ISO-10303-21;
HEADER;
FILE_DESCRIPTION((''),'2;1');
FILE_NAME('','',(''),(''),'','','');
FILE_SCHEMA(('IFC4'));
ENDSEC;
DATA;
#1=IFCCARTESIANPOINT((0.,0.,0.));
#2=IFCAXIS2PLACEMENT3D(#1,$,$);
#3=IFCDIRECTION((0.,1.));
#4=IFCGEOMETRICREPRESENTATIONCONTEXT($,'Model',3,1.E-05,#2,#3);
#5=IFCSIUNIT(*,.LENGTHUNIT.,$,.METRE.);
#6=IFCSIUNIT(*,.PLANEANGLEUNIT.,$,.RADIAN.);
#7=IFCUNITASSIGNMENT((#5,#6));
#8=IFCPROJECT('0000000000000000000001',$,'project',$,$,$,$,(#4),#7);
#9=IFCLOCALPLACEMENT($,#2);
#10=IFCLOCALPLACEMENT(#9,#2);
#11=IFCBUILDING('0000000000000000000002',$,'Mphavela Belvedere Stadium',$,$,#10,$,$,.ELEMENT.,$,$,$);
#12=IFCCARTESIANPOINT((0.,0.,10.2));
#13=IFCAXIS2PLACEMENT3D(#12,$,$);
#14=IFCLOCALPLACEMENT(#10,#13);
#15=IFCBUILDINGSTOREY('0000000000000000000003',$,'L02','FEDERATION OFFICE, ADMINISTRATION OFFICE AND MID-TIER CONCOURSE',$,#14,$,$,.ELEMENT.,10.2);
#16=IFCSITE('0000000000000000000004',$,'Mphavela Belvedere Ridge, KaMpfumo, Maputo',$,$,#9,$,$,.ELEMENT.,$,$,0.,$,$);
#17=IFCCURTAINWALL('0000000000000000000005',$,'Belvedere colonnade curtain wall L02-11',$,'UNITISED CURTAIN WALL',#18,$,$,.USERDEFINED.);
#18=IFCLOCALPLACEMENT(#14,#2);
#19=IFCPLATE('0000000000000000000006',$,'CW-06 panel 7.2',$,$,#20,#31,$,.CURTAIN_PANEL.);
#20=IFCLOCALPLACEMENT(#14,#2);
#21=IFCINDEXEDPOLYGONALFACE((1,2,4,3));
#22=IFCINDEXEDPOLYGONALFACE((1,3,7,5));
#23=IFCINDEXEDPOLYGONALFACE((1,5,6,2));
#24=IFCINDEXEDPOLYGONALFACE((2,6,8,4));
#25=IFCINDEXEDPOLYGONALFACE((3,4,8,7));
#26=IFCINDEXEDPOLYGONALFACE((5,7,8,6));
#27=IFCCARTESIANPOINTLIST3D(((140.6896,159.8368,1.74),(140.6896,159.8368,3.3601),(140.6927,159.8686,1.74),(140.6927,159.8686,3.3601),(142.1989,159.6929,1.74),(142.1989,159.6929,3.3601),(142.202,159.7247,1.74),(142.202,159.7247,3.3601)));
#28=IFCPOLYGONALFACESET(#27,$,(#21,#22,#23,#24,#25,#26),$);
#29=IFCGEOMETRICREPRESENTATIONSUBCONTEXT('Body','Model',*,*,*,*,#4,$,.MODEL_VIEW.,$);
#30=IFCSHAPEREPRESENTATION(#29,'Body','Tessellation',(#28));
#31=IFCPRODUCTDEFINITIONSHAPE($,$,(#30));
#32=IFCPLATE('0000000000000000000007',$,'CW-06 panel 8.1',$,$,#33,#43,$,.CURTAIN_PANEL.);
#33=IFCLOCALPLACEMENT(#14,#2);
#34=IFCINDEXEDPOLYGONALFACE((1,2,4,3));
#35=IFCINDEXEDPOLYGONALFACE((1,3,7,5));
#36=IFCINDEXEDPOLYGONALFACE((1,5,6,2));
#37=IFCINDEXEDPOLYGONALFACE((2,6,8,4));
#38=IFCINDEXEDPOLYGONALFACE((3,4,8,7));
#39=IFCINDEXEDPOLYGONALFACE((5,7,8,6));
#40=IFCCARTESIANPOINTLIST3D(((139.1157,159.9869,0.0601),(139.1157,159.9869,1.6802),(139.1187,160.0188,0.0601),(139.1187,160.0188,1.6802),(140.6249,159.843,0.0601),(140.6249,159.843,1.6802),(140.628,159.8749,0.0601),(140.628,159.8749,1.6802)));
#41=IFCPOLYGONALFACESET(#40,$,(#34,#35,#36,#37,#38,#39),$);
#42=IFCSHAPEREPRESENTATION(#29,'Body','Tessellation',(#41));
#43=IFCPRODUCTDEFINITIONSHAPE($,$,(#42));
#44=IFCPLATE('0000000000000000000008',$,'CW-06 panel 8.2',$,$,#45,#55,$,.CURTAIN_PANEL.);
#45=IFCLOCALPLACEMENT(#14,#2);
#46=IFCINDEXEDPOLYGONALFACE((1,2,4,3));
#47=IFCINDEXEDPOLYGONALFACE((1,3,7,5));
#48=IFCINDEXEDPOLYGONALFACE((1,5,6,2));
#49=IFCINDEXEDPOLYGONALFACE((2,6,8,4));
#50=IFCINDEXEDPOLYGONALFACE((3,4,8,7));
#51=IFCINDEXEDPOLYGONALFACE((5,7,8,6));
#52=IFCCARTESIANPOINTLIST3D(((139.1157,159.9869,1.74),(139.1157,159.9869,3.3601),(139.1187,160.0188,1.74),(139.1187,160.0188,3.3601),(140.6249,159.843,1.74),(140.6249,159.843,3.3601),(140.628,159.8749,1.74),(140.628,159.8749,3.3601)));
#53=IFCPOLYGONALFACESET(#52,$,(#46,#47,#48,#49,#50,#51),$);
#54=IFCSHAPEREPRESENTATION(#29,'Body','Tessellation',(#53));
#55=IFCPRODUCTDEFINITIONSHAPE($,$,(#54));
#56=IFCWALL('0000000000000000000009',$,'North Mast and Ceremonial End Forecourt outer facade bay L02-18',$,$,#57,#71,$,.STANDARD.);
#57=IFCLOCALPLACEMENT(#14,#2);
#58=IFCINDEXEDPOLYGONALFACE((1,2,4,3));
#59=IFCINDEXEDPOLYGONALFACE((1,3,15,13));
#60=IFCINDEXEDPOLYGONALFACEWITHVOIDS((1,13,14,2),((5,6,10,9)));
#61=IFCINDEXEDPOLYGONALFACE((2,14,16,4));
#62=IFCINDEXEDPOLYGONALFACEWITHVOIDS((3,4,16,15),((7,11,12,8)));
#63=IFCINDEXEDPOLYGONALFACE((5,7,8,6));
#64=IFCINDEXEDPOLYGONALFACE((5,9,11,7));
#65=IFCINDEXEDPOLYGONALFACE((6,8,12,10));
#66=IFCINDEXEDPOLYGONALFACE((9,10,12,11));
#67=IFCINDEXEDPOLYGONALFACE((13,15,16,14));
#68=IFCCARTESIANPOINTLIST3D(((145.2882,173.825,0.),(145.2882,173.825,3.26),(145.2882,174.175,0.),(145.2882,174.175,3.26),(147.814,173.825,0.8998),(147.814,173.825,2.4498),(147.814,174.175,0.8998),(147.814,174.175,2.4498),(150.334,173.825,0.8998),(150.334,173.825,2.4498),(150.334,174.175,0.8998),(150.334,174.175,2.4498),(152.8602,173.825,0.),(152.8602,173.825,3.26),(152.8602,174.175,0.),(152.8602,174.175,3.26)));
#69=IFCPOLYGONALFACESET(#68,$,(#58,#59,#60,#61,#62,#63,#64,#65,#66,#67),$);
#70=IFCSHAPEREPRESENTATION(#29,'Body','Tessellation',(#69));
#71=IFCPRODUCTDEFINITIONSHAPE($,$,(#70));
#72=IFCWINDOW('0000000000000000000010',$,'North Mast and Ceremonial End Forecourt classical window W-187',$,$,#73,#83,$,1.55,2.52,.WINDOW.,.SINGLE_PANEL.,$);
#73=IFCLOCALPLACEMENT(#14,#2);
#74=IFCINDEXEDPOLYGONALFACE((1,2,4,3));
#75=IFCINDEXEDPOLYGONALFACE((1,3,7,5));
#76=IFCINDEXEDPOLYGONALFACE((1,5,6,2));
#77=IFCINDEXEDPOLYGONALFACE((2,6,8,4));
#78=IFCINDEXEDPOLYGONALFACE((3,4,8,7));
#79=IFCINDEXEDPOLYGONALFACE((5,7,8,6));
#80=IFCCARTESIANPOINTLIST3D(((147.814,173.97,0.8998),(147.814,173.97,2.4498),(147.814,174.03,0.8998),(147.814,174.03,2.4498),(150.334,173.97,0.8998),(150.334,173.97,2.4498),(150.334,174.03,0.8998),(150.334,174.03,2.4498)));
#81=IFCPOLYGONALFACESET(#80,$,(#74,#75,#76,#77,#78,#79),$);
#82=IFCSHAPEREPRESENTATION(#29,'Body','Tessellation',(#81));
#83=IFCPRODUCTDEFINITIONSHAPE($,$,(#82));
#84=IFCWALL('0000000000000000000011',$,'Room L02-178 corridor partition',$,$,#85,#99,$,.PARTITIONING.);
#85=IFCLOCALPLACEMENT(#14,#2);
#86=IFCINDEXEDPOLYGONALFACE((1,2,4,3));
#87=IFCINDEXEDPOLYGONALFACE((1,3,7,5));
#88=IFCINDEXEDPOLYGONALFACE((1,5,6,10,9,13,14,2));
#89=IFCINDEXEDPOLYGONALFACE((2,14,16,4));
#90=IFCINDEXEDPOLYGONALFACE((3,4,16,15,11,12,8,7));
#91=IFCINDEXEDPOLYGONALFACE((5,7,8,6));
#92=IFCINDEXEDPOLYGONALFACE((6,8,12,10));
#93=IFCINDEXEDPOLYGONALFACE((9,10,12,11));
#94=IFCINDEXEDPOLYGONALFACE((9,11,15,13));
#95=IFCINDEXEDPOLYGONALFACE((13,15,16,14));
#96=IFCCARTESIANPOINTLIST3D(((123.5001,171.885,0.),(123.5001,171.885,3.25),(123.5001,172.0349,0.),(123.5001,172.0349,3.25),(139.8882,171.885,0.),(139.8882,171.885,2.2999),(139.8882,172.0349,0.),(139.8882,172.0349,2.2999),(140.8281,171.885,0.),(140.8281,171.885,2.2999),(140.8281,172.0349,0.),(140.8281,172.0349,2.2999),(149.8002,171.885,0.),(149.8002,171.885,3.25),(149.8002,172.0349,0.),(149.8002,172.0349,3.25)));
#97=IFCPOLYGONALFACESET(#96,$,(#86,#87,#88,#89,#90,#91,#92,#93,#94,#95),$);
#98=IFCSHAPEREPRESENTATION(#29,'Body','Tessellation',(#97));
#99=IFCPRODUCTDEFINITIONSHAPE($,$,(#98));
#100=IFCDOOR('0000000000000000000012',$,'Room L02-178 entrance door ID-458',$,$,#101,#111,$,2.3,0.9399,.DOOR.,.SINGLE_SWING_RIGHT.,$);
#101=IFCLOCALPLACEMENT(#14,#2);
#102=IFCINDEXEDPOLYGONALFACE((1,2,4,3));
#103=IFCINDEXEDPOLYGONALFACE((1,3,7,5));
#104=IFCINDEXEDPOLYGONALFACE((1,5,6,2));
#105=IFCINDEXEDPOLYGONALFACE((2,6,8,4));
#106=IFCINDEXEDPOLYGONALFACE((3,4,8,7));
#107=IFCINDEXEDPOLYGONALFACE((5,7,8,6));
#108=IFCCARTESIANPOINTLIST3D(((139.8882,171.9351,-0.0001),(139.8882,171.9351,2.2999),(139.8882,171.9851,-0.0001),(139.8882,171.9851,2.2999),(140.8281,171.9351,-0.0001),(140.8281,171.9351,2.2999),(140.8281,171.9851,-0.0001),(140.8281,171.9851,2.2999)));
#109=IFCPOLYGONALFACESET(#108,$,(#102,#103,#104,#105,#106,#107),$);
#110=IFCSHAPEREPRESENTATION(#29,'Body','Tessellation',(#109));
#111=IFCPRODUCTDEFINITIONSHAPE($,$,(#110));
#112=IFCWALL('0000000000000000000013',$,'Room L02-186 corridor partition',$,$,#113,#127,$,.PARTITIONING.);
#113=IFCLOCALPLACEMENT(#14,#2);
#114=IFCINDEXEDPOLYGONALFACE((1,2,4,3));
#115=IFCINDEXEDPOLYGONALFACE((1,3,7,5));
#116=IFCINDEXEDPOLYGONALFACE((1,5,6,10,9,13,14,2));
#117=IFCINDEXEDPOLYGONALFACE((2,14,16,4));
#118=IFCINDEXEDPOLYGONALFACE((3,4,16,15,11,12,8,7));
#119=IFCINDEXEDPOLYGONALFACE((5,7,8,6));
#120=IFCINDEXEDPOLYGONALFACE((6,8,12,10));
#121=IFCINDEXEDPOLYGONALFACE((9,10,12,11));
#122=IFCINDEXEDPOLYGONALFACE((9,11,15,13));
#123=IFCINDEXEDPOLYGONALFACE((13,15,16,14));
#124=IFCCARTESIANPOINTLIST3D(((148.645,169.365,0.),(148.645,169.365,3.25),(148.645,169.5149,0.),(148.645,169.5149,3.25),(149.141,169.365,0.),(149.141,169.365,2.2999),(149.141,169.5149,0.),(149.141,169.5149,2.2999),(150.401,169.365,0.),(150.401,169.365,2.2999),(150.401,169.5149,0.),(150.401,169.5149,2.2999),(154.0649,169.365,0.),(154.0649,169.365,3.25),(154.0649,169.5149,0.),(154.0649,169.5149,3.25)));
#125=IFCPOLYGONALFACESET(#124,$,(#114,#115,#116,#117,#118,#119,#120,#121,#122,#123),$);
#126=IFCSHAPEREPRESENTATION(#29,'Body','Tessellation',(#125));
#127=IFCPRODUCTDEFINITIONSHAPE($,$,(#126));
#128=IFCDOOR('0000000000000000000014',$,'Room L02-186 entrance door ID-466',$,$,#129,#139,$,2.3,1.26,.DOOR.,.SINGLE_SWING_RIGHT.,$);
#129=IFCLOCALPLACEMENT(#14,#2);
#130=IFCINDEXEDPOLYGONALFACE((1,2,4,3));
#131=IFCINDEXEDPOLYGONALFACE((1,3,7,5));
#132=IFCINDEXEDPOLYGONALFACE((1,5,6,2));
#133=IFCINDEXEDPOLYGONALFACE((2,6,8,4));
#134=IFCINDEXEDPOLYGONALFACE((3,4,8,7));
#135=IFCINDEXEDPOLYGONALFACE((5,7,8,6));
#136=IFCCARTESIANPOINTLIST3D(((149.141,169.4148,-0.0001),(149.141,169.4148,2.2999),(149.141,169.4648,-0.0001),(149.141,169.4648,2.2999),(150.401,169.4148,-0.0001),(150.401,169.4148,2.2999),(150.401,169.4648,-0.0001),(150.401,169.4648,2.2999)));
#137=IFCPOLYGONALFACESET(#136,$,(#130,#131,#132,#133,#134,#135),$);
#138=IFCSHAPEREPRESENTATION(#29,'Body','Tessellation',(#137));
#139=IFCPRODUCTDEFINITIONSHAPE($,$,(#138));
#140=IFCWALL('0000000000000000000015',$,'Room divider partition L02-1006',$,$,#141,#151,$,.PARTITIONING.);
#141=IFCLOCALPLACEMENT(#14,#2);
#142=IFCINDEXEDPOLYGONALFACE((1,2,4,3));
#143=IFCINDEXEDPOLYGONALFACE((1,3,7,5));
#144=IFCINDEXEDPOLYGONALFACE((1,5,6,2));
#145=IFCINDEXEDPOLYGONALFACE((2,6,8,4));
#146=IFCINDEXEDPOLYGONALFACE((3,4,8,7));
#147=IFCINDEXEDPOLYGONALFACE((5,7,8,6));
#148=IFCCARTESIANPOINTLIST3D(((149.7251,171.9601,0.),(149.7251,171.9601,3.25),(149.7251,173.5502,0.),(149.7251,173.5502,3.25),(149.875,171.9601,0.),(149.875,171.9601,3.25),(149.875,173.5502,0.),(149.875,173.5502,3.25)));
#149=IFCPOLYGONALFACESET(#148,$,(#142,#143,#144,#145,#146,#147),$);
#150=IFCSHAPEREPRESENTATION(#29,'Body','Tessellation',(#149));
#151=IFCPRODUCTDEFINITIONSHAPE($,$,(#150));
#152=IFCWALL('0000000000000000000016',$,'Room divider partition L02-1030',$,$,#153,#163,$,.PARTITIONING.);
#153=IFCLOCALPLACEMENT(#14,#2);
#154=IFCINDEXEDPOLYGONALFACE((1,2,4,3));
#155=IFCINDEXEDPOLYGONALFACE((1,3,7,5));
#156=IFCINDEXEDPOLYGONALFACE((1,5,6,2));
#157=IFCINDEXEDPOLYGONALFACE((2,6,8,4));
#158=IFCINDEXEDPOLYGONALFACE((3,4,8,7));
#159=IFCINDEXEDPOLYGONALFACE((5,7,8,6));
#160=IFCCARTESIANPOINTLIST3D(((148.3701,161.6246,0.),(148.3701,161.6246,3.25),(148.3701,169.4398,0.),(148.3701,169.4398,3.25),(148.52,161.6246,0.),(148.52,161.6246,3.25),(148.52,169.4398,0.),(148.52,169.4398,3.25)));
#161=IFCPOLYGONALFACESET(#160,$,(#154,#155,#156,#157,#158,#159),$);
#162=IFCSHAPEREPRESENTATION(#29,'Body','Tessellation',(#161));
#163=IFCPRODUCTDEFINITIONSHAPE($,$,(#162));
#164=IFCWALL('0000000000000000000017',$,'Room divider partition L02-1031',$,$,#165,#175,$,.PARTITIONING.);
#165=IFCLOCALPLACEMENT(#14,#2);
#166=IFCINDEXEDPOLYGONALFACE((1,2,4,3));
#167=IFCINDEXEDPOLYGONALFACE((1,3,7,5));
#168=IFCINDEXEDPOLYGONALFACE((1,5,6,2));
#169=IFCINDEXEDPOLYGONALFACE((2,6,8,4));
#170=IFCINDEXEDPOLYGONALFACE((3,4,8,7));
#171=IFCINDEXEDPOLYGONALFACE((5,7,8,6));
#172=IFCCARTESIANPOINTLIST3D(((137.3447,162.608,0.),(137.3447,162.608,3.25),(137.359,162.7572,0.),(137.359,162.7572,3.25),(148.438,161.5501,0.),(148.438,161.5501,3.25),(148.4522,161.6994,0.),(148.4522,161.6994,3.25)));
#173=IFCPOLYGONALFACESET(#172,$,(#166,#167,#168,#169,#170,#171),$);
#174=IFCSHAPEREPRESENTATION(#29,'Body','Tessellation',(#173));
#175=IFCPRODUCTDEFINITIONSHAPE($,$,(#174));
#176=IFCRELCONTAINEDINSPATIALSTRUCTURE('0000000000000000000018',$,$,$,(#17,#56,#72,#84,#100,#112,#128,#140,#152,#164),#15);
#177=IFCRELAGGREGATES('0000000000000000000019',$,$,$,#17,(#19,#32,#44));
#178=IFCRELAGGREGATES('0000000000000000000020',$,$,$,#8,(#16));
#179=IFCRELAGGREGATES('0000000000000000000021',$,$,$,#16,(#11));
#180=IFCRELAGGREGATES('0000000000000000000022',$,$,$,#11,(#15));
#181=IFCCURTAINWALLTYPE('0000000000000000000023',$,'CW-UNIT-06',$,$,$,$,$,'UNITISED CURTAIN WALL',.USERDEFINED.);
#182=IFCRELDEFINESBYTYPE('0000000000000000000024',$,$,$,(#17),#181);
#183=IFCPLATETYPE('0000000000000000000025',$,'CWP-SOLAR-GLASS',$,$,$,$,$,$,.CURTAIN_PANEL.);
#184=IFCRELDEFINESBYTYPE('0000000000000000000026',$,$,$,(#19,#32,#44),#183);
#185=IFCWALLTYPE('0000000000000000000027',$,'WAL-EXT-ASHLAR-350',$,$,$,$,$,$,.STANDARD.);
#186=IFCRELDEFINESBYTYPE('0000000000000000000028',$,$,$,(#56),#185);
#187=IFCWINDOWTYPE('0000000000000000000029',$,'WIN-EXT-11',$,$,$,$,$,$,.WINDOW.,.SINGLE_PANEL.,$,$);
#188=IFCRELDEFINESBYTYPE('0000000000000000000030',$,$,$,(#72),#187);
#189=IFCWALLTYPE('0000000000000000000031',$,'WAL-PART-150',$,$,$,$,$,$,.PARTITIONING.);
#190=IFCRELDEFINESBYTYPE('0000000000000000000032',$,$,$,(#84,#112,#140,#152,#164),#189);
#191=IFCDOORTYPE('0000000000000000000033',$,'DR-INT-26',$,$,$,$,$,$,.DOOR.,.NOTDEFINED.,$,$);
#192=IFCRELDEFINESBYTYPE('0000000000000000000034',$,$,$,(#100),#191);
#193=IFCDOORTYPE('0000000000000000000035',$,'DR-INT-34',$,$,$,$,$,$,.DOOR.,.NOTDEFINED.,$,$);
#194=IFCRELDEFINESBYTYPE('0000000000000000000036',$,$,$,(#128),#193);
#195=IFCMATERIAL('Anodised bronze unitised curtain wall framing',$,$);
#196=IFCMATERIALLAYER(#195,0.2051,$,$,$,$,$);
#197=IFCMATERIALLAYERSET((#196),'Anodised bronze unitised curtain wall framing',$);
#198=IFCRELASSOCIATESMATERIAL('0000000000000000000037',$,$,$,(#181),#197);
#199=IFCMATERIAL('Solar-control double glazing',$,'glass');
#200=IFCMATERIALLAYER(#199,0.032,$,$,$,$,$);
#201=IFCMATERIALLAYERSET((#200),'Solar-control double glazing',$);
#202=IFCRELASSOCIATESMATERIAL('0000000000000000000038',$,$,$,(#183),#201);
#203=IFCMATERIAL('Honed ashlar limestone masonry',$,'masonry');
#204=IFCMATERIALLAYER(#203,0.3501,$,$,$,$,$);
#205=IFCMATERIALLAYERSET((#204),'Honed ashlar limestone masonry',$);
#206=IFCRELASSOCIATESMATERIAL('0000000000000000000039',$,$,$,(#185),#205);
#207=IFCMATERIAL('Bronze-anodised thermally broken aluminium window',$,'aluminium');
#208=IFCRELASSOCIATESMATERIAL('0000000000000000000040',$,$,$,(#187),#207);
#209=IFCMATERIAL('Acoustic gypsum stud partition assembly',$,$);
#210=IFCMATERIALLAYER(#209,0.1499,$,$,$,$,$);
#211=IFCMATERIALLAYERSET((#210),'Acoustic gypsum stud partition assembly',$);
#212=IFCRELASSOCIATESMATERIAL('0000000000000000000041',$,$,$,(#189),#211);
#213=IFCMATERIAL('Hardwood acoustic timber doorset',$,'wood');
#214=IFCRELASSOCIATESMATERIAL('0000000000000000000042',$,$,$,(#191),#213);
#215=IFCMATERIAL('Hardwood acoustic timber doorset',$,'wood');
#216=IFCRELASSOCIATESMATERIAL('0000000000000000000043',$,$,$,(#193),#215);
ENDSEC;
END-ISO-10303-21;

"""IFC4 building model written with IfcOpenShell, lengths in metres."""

from ifc_helpers import new_model, si_unit, direction, frame, frame_2d, origin, origin_2d, place, context, subcontext, project, spatial, rectangle, extrude, material, layer, layer_set, type_object, element, fill, aggregate, save


model = new_model("IFC4")

# Units and contexts
model_context = context("Model", 3, precision=1e-05, world=origin(), true_north=direction((0.0, 1.0)))
body_context = subcontext(model_context, "Body", "Model", "MODEL_VIEW")
ifc_project = project(units=[si_unit("LENGTHUNIT", "METRE"), si_unit("PLANEANGLEUNIT", "RADIAN")], contexts=[model_context])

# Site, building, storey
site_placement = place(None, origin())
site = spatial("IfcSite", under=ifc_project, at=site_placement, Name="Mphavela Belvedere Ridge, KaMpfumo, Maputo", CompositionType="ELEMENT", RefElevation=0.0)
building_placement = place(site_placement, origin())
building = spatial("IfcBuilding", under=site, at=building_placement, Name="Mphavela Belvedere Stadium", CompositionType="ELEMENT")
storey_placement = place(building_placement, frame((0.0, 0.0, 10.2)))
storey = spatial("IfcBuildingStorey", under=building, at=storey_placement, Name="L02", Description="FEDERATION OFFICE, ADMINISTRATION OFFICE AND MID-TIER CONCOURSE", CompositionType="ELEMENT", Elevation=10.2)

# Curtain wall, plates
ifc_material_1 = material(Name="Anodised bronze unitised curtain wall framing")
ifc_layer_1 = layer(ifc_material_1, 0.2051)
ifc_layer_set_1 = layer_set([ifc_layer_1], Name="Anodised bronze unitised curtain wall framing")
curtain_wall_type = type_object("IfcCurtainWallType", Name="CW-UNIT-06", ElementType="UNITISED CURTAIN WALL", PredefinedType="USERDEFINED", material=ifc_layer_set_1)
curtain_wall_placement = place(storey_placement, origin())
curtain_wall = element("IfcCurtainWall", 1, at=curtain_wall_placement, inside=storey, type_object=curtain_wall_type, Name="Belvedere colonnade curtain wall L02-11", ObjectType="UNITISED CURTAIN WALL", PredefinedType="USERDEFINED")
ifc_material_2 = material(Name="Solar-control double glazing", Category="glass")
ifc_layer_2 = layer(ifc_material_2, 0.032)
ifc_layer_set_2 = layer_set([ifc_layer_2], Name="Solar-control double glazing")
plate_type = type_object("IfcPlateType", Name="CWP-SOLAR-GLASS", PredefinedType="CURTAIN_PANEL", material=ifc_layer_set_2)
plate_1_placement = place(storey_placement, frame((141.4458, 159.7808, 1.74), z_axis=(0.0, 0.0, 1.0), x_axis=(-0.995484, 0.094926, 0.0)))
plate_1 = element("IfcPlate", 2, at=plate_1_placement, type_object=plate_type, Name="CW-06 panel 7.2", PredefinedType="CURTAIN_PANEL", context=body_context, shape_type="SweptSolid", body=[
    extrude(rectangle(XDim=1.5161, YDim=0.032, at=origin_2d()), origin(), (0.0, 0.0, 1.0), 1.6201),
])
plate_2_placement = place(storey_placement, frame((139.8718, 159.9309, 0.0601), z_axis=(0.0, 0.0, 1.0), x_axis=(-0.995484, 0.094926, 0.0)))
plate_2 = element("IfcPlate", 3, at=plate_2_placement, type_object=plate_type, Name="CW-06 panel 8.1", PredefinedType="CURTAIN_PANEL", context=body_context, shape_type="SweptSolid", body=[
    extrude(rectangle(XDim=1.5161, YDim=0.032, at=origin_2d()), origin(), (0.0, 0.0, 1.0), 1.6201),
])
plate_3_placement = place(storey_placement, frame((139.8718, 159.9309, 1.74), z_axis=(0.0, 0.0, 1.0), x_axis=(-0.995484, 0.094926, 0.0)))
plate_3 = element("IfcPlate", 4, at=plate_3_placement, type_object=plate_type, Name="CW-06 panel 8.2", PredefinedType="CURTAIN_PANEL", context=body_context, shape_type="SweptSolid", body=[
    extrude(rectangle(XDim=1.5161, YDim=0.032, at=origin_2d()), origin(), (0.0, 0.0, 1.0), 1.6201),
])
aggregate(curtain_wall, [plate_1, plate_2, plate_3])

# Wall, opening, window
ifc_material_3 = material(Name="Honed ashlar limestone masonry", Category="masonry")
ifc_layer_3 = layer(ifc_material_3, 0.3501)
ifc_layer_set_3 = layer_set([ifc_layer_3], Name="Honed ashlar limestone masonry")
wall_type_1 = type_object("IfcWallType", Name="WAL-EXT-ASHLAR-350", PredefinedType="STANDARD", material=ifc_layer_set_3)
wall_1_placement = place(storey_placement, frame((145.2881, 174.0, 0.0), z_axis=(0.0, 0.0, 1.0), x_axis=(1.0, 0.0, 0.0)))
wall_1 = element("IfcWall", 5, at=wall_1_placement, inside=storey, type_object=wall_type_1, Name="North Mast and Ceremonial End Forecourt outer facade bay L02-18", PredefinedType="STANDARD", context=body_context, shape_type="SweptSolid", body=[
    extrude(rectangle(XDim=7.572, YDim=0.3501, at=frame_2d((3.7861, 0.0))), origin(), (0.0, 0.0, 1.0), 3.26),
])
opening_1_placement = place(wall_1_placement, frame((2.5259, 0.0, 0.8999)))
opening_1 = element("IfcOpeningElement", 6, at=opening_1_placement, cuts=wall_1, PredefinedType="OPENING", context=body_context, shape_type="SweptSolid", body=[
    extrude(rectangle(XDim=2.52, YDim=1.55, at=frame_2d((1.26, 0.7749))), frame((0.0, 0.1851, 0.0), z_axis=(0.0, -1.0, 0.0), x_axis=(1.0, 0.0, 0.0)), (0.0, 0.0, 1.0), 0.3701),
])
ifc_material_4 = material(Name="Bronze-anodised thermally broken aluminium window", Category="aluminium")
window_type = type_object("IfcWindowType", Name="WIN-EXT-11", PartitioningType="SINGLE_PANEL", PredefinedType="WINDOW", material=ifc_material_4)
window_placement = place(opening_1_placement, origin())
window = element("IfcWindow", 7, at=window_placement, inside=storey, type_object=window_type, Name="North Mast and Ceremonial End Forecourt classical window W-187", OverallHeight=1.55, OverallWidth=2.52, PartitioningType="SINGLE_PANEL", PredefinedType="WINDOW", context=body_context, shape_type="SweptSolid", body=[
    extrude(rectangle(XDim=2.52, YDim=1.55, at=frame_2d((1.26, 0.7749))), frame((0.0, 0.03, 0.0), z_axis=(0.0, -1.0, 0.0), x_axis=(1.0, 0.0, 0.0)), (0.0, 0.0, 1.0), 0.0601),
])
fill(opening_1, window)

# Walls, openings, doors
ifc_material_5 = material(Name="Acoustic gypsum stud partition assembly")
ifc_layer_4 = layer(ifc_material_5, 0.1499)
ifc_layer_set_4 = layer_set([ifc_layer_4], Name="Acoustic gypsum stud partition assembly")
wall_type_2 = type_object("IfcWallType", Name="WAL-PART-150", PredefinedType="PARTITIONING", material=ifc_layer_set_4)
wall_2_placement = place(storey_placement, frame((149.8, 171.96, 0.0), z_axis=(0.0, 0.0, 1.0), x_axis=(-1.0, 0.0, 0.0)))
wall_2 = element("IfcWall", 8, at=wall_2_placement, inside=storey, type_object=wall_type_2, Name="Room L02-178 corridor partition", PredefinedType="PARTITIONING", context=body_context, shape_type="SweptSolid", body=[
    extrude(rectangle(XDim=26.3, YDim=0.1499, at=frame_2d((13.1499, 0.0))), origin(), (0.0, 0.0, 1.0), 3.25),
])
opening_2_placement = place(wall_2_placement, frame((8.9719, 0.0, 0.0)))
opening_2 = element("IfcOpeningElement", 9, at=opening_2_placement, cuts=wall_2, PredefinedType="OPENING", context=body_context, shape_type="SweptSolid", body=[
    extrude(rectangle(XDim=0.9399, YDim=2.3, at=frame_2d((0.47, 1.1499))), frame((0.0, 0.085, 0.0), z_axis=(0.0, -1.0, 0.0), x_axis=(1.0, 0.0, 0.0)), (0.0, 0.0, 1.0), 0.1699),
])
ifc_material_6 = material(Name="Hardwood acoustic timber doorset", Category="wood")
door_type_1 = type_object("IfcDoorType", Name="DR-INT-26", OperationType="NOTDEFINED", PredefinedType="DOOR", material=ifc_material_6)
door_1_placement = place(opening_2_placement, origin())
door_1 = element("IfcDoor", 10, at=door_1_placement, inside=storey, type_object=door_type_1, Name="Room L02-178 entrance door ID-458", OperationType="SINGLE_SWING_RIGHT", OverallHeight=2.3, OverallWidth=0.9399, PredefinedType="DOOR", context=body_context, shape_type="SweptSolid", body=[
    extrude(rectangle(XDim=0.9399, YDim=2.3, at=frame_2d((0.47, 1.1499))), frame((0.0, 0.0249, 0.0), z_axis=(0.0, -1.0, 0.0), x_axis=(1.0, 0.0, 0.0)), (0.0, 0.0, 1.0), 0.05),
])
fill(opening_2, door_1)
wall_3_placement = place(storey_placement, frame((148.645, 169.4399, 0.0), z_axis=(0.0, 0.0, 1.0), x_axis=(1.0, 0.0, 0.0)))
wall_3 = element("IfcWall", 11, at=wall_3_placement, inside=storey, type_object=wall_type_2, Name="Room L02-186 corridor partition", PredefinedType="PARTITIONING", context=body_context, shape_type="SweptSolid", body=[
    extrude(rectangle(XDim=5.4199, YDim=0.1499, at=frame_2d((2.71, 0.0))), origin(), (0.0, 0.0, 1.0), 3.25),
])
opening_3_placement = place(wall_3_placement, frame((0.4961, 0.0, 0.0)))
opening_3 = element("IfcOpeningElement", 12, at=opening_3_placement, cuts=wall_3, PredefinedType="OPENING", context=body_context, shape_type="SweptSolid", body=[
    extrude(rectangle(XDim=1.26, YDim=2.3, at=frame_2d((0.6299, 1.1499))), frame((0.0, 0.085, 0.0), z_axis=(0.0, -1.0, 0.0), x_axis=(1.0, 0.0, 0.0)), (0.0, 0.0, 1.0), 0.1699),
])
ifc_material_7 = material(Name="Hardwood acoustic timber doorset", Category="wood")
door_type_2 = type_object("IfcDoorType", Name="DR-INT-34", OperationType="NOTDEFINED", PredefinedType="DOOR", material=ifc_material_7)
door_2_placement = place(opening_3_placement, origin())
door_2 = element("IfcDoor", 13, at=door_2_placement, inside=storey, type_object=door_type_2, Name="Room L02-186 entrance door ID-466", OperationType="SINGLE_SWING_RIGHT", OverallHeight=2.3, OverallWidth=1.26, PredefinedType="DOOR", context=body_context, shape_type="SweptSolid", body=[
    extrude(rectangle(XDim=1.26, YDim=2.3, at=frame_2d((0.6299, 1.1499))), frame((0.0, 0.0249, 0.0), z_axis=(0.0, -1.0, 0.0), x_axis=(1.0, 0.0, 0.0)), (0.0, 0.0, 1.0), 0.05),
])
fill(opening_3, door_2)

# Walls
wall_4_placement = place(storey_placement, frame((149.8, 173.55, 0.0), z_axis=(0.0, 0.0, 1.0), x_axis=(0.0, -1.0, 0.0)))
element("IfcWall", 14, at=wall_4_placement, inside=storey, type_object=wall_type_2, Name="Room divider partition L02-1006", PredefinedType="PARTITIONING", context=body_context, shape_type="SweptSolid", body=[
    extrude(rectangle(XDim=1.5901, YDim=0.1499, at=frame_2d((0.7949, 0.0))), origin(), (0.0, 0.0, 1.0), 3.25),
])
wall_5_placement = place(storey_placement, frame((148.4451, 169.4399, 0.0), z_axis=(0.0, 0.0, 1.0), x_axis=(0.0, -1.0, 0.0)))
element("IfcWall", 15, at=wall_5_placement, inside=storey, type_object=wall_type_2, Name="Room divider partition L02-1030", PredefinedType="PARTITIONING", context=body_context, shape_type="SweptSolid", body=[
    extrude(rectangle(XDim=7.8152, YDim=0.1499, at=frame_2d((3.9077, 0.0))), origin(), (0.0, 0.0, 1.0), 3.25),
])
wall_6_placement = place(storey_placement, frame((148.4451, 161.6248, 0.0), z_axis=(0.0, 0.0, 1.0), x_axis=(-0.995484, 0.09493, 0.0)))
element("IfcWall", 16, at=wall_6_placement, inside=storey, type_object=wall_type_2, Name="Room divider partition L02-1031", PredefinedType="PARTITIONING", context=body_context, shape_type="SweptSolid", body=[
    extrude(rectangle(XDim=11.1436, YDim=0.1499, at=frame_2d((5.5718, 0.0))), origin(), (0.0, 0.0, 1.0), 3.25),
])

save(model, "model.ifc")
